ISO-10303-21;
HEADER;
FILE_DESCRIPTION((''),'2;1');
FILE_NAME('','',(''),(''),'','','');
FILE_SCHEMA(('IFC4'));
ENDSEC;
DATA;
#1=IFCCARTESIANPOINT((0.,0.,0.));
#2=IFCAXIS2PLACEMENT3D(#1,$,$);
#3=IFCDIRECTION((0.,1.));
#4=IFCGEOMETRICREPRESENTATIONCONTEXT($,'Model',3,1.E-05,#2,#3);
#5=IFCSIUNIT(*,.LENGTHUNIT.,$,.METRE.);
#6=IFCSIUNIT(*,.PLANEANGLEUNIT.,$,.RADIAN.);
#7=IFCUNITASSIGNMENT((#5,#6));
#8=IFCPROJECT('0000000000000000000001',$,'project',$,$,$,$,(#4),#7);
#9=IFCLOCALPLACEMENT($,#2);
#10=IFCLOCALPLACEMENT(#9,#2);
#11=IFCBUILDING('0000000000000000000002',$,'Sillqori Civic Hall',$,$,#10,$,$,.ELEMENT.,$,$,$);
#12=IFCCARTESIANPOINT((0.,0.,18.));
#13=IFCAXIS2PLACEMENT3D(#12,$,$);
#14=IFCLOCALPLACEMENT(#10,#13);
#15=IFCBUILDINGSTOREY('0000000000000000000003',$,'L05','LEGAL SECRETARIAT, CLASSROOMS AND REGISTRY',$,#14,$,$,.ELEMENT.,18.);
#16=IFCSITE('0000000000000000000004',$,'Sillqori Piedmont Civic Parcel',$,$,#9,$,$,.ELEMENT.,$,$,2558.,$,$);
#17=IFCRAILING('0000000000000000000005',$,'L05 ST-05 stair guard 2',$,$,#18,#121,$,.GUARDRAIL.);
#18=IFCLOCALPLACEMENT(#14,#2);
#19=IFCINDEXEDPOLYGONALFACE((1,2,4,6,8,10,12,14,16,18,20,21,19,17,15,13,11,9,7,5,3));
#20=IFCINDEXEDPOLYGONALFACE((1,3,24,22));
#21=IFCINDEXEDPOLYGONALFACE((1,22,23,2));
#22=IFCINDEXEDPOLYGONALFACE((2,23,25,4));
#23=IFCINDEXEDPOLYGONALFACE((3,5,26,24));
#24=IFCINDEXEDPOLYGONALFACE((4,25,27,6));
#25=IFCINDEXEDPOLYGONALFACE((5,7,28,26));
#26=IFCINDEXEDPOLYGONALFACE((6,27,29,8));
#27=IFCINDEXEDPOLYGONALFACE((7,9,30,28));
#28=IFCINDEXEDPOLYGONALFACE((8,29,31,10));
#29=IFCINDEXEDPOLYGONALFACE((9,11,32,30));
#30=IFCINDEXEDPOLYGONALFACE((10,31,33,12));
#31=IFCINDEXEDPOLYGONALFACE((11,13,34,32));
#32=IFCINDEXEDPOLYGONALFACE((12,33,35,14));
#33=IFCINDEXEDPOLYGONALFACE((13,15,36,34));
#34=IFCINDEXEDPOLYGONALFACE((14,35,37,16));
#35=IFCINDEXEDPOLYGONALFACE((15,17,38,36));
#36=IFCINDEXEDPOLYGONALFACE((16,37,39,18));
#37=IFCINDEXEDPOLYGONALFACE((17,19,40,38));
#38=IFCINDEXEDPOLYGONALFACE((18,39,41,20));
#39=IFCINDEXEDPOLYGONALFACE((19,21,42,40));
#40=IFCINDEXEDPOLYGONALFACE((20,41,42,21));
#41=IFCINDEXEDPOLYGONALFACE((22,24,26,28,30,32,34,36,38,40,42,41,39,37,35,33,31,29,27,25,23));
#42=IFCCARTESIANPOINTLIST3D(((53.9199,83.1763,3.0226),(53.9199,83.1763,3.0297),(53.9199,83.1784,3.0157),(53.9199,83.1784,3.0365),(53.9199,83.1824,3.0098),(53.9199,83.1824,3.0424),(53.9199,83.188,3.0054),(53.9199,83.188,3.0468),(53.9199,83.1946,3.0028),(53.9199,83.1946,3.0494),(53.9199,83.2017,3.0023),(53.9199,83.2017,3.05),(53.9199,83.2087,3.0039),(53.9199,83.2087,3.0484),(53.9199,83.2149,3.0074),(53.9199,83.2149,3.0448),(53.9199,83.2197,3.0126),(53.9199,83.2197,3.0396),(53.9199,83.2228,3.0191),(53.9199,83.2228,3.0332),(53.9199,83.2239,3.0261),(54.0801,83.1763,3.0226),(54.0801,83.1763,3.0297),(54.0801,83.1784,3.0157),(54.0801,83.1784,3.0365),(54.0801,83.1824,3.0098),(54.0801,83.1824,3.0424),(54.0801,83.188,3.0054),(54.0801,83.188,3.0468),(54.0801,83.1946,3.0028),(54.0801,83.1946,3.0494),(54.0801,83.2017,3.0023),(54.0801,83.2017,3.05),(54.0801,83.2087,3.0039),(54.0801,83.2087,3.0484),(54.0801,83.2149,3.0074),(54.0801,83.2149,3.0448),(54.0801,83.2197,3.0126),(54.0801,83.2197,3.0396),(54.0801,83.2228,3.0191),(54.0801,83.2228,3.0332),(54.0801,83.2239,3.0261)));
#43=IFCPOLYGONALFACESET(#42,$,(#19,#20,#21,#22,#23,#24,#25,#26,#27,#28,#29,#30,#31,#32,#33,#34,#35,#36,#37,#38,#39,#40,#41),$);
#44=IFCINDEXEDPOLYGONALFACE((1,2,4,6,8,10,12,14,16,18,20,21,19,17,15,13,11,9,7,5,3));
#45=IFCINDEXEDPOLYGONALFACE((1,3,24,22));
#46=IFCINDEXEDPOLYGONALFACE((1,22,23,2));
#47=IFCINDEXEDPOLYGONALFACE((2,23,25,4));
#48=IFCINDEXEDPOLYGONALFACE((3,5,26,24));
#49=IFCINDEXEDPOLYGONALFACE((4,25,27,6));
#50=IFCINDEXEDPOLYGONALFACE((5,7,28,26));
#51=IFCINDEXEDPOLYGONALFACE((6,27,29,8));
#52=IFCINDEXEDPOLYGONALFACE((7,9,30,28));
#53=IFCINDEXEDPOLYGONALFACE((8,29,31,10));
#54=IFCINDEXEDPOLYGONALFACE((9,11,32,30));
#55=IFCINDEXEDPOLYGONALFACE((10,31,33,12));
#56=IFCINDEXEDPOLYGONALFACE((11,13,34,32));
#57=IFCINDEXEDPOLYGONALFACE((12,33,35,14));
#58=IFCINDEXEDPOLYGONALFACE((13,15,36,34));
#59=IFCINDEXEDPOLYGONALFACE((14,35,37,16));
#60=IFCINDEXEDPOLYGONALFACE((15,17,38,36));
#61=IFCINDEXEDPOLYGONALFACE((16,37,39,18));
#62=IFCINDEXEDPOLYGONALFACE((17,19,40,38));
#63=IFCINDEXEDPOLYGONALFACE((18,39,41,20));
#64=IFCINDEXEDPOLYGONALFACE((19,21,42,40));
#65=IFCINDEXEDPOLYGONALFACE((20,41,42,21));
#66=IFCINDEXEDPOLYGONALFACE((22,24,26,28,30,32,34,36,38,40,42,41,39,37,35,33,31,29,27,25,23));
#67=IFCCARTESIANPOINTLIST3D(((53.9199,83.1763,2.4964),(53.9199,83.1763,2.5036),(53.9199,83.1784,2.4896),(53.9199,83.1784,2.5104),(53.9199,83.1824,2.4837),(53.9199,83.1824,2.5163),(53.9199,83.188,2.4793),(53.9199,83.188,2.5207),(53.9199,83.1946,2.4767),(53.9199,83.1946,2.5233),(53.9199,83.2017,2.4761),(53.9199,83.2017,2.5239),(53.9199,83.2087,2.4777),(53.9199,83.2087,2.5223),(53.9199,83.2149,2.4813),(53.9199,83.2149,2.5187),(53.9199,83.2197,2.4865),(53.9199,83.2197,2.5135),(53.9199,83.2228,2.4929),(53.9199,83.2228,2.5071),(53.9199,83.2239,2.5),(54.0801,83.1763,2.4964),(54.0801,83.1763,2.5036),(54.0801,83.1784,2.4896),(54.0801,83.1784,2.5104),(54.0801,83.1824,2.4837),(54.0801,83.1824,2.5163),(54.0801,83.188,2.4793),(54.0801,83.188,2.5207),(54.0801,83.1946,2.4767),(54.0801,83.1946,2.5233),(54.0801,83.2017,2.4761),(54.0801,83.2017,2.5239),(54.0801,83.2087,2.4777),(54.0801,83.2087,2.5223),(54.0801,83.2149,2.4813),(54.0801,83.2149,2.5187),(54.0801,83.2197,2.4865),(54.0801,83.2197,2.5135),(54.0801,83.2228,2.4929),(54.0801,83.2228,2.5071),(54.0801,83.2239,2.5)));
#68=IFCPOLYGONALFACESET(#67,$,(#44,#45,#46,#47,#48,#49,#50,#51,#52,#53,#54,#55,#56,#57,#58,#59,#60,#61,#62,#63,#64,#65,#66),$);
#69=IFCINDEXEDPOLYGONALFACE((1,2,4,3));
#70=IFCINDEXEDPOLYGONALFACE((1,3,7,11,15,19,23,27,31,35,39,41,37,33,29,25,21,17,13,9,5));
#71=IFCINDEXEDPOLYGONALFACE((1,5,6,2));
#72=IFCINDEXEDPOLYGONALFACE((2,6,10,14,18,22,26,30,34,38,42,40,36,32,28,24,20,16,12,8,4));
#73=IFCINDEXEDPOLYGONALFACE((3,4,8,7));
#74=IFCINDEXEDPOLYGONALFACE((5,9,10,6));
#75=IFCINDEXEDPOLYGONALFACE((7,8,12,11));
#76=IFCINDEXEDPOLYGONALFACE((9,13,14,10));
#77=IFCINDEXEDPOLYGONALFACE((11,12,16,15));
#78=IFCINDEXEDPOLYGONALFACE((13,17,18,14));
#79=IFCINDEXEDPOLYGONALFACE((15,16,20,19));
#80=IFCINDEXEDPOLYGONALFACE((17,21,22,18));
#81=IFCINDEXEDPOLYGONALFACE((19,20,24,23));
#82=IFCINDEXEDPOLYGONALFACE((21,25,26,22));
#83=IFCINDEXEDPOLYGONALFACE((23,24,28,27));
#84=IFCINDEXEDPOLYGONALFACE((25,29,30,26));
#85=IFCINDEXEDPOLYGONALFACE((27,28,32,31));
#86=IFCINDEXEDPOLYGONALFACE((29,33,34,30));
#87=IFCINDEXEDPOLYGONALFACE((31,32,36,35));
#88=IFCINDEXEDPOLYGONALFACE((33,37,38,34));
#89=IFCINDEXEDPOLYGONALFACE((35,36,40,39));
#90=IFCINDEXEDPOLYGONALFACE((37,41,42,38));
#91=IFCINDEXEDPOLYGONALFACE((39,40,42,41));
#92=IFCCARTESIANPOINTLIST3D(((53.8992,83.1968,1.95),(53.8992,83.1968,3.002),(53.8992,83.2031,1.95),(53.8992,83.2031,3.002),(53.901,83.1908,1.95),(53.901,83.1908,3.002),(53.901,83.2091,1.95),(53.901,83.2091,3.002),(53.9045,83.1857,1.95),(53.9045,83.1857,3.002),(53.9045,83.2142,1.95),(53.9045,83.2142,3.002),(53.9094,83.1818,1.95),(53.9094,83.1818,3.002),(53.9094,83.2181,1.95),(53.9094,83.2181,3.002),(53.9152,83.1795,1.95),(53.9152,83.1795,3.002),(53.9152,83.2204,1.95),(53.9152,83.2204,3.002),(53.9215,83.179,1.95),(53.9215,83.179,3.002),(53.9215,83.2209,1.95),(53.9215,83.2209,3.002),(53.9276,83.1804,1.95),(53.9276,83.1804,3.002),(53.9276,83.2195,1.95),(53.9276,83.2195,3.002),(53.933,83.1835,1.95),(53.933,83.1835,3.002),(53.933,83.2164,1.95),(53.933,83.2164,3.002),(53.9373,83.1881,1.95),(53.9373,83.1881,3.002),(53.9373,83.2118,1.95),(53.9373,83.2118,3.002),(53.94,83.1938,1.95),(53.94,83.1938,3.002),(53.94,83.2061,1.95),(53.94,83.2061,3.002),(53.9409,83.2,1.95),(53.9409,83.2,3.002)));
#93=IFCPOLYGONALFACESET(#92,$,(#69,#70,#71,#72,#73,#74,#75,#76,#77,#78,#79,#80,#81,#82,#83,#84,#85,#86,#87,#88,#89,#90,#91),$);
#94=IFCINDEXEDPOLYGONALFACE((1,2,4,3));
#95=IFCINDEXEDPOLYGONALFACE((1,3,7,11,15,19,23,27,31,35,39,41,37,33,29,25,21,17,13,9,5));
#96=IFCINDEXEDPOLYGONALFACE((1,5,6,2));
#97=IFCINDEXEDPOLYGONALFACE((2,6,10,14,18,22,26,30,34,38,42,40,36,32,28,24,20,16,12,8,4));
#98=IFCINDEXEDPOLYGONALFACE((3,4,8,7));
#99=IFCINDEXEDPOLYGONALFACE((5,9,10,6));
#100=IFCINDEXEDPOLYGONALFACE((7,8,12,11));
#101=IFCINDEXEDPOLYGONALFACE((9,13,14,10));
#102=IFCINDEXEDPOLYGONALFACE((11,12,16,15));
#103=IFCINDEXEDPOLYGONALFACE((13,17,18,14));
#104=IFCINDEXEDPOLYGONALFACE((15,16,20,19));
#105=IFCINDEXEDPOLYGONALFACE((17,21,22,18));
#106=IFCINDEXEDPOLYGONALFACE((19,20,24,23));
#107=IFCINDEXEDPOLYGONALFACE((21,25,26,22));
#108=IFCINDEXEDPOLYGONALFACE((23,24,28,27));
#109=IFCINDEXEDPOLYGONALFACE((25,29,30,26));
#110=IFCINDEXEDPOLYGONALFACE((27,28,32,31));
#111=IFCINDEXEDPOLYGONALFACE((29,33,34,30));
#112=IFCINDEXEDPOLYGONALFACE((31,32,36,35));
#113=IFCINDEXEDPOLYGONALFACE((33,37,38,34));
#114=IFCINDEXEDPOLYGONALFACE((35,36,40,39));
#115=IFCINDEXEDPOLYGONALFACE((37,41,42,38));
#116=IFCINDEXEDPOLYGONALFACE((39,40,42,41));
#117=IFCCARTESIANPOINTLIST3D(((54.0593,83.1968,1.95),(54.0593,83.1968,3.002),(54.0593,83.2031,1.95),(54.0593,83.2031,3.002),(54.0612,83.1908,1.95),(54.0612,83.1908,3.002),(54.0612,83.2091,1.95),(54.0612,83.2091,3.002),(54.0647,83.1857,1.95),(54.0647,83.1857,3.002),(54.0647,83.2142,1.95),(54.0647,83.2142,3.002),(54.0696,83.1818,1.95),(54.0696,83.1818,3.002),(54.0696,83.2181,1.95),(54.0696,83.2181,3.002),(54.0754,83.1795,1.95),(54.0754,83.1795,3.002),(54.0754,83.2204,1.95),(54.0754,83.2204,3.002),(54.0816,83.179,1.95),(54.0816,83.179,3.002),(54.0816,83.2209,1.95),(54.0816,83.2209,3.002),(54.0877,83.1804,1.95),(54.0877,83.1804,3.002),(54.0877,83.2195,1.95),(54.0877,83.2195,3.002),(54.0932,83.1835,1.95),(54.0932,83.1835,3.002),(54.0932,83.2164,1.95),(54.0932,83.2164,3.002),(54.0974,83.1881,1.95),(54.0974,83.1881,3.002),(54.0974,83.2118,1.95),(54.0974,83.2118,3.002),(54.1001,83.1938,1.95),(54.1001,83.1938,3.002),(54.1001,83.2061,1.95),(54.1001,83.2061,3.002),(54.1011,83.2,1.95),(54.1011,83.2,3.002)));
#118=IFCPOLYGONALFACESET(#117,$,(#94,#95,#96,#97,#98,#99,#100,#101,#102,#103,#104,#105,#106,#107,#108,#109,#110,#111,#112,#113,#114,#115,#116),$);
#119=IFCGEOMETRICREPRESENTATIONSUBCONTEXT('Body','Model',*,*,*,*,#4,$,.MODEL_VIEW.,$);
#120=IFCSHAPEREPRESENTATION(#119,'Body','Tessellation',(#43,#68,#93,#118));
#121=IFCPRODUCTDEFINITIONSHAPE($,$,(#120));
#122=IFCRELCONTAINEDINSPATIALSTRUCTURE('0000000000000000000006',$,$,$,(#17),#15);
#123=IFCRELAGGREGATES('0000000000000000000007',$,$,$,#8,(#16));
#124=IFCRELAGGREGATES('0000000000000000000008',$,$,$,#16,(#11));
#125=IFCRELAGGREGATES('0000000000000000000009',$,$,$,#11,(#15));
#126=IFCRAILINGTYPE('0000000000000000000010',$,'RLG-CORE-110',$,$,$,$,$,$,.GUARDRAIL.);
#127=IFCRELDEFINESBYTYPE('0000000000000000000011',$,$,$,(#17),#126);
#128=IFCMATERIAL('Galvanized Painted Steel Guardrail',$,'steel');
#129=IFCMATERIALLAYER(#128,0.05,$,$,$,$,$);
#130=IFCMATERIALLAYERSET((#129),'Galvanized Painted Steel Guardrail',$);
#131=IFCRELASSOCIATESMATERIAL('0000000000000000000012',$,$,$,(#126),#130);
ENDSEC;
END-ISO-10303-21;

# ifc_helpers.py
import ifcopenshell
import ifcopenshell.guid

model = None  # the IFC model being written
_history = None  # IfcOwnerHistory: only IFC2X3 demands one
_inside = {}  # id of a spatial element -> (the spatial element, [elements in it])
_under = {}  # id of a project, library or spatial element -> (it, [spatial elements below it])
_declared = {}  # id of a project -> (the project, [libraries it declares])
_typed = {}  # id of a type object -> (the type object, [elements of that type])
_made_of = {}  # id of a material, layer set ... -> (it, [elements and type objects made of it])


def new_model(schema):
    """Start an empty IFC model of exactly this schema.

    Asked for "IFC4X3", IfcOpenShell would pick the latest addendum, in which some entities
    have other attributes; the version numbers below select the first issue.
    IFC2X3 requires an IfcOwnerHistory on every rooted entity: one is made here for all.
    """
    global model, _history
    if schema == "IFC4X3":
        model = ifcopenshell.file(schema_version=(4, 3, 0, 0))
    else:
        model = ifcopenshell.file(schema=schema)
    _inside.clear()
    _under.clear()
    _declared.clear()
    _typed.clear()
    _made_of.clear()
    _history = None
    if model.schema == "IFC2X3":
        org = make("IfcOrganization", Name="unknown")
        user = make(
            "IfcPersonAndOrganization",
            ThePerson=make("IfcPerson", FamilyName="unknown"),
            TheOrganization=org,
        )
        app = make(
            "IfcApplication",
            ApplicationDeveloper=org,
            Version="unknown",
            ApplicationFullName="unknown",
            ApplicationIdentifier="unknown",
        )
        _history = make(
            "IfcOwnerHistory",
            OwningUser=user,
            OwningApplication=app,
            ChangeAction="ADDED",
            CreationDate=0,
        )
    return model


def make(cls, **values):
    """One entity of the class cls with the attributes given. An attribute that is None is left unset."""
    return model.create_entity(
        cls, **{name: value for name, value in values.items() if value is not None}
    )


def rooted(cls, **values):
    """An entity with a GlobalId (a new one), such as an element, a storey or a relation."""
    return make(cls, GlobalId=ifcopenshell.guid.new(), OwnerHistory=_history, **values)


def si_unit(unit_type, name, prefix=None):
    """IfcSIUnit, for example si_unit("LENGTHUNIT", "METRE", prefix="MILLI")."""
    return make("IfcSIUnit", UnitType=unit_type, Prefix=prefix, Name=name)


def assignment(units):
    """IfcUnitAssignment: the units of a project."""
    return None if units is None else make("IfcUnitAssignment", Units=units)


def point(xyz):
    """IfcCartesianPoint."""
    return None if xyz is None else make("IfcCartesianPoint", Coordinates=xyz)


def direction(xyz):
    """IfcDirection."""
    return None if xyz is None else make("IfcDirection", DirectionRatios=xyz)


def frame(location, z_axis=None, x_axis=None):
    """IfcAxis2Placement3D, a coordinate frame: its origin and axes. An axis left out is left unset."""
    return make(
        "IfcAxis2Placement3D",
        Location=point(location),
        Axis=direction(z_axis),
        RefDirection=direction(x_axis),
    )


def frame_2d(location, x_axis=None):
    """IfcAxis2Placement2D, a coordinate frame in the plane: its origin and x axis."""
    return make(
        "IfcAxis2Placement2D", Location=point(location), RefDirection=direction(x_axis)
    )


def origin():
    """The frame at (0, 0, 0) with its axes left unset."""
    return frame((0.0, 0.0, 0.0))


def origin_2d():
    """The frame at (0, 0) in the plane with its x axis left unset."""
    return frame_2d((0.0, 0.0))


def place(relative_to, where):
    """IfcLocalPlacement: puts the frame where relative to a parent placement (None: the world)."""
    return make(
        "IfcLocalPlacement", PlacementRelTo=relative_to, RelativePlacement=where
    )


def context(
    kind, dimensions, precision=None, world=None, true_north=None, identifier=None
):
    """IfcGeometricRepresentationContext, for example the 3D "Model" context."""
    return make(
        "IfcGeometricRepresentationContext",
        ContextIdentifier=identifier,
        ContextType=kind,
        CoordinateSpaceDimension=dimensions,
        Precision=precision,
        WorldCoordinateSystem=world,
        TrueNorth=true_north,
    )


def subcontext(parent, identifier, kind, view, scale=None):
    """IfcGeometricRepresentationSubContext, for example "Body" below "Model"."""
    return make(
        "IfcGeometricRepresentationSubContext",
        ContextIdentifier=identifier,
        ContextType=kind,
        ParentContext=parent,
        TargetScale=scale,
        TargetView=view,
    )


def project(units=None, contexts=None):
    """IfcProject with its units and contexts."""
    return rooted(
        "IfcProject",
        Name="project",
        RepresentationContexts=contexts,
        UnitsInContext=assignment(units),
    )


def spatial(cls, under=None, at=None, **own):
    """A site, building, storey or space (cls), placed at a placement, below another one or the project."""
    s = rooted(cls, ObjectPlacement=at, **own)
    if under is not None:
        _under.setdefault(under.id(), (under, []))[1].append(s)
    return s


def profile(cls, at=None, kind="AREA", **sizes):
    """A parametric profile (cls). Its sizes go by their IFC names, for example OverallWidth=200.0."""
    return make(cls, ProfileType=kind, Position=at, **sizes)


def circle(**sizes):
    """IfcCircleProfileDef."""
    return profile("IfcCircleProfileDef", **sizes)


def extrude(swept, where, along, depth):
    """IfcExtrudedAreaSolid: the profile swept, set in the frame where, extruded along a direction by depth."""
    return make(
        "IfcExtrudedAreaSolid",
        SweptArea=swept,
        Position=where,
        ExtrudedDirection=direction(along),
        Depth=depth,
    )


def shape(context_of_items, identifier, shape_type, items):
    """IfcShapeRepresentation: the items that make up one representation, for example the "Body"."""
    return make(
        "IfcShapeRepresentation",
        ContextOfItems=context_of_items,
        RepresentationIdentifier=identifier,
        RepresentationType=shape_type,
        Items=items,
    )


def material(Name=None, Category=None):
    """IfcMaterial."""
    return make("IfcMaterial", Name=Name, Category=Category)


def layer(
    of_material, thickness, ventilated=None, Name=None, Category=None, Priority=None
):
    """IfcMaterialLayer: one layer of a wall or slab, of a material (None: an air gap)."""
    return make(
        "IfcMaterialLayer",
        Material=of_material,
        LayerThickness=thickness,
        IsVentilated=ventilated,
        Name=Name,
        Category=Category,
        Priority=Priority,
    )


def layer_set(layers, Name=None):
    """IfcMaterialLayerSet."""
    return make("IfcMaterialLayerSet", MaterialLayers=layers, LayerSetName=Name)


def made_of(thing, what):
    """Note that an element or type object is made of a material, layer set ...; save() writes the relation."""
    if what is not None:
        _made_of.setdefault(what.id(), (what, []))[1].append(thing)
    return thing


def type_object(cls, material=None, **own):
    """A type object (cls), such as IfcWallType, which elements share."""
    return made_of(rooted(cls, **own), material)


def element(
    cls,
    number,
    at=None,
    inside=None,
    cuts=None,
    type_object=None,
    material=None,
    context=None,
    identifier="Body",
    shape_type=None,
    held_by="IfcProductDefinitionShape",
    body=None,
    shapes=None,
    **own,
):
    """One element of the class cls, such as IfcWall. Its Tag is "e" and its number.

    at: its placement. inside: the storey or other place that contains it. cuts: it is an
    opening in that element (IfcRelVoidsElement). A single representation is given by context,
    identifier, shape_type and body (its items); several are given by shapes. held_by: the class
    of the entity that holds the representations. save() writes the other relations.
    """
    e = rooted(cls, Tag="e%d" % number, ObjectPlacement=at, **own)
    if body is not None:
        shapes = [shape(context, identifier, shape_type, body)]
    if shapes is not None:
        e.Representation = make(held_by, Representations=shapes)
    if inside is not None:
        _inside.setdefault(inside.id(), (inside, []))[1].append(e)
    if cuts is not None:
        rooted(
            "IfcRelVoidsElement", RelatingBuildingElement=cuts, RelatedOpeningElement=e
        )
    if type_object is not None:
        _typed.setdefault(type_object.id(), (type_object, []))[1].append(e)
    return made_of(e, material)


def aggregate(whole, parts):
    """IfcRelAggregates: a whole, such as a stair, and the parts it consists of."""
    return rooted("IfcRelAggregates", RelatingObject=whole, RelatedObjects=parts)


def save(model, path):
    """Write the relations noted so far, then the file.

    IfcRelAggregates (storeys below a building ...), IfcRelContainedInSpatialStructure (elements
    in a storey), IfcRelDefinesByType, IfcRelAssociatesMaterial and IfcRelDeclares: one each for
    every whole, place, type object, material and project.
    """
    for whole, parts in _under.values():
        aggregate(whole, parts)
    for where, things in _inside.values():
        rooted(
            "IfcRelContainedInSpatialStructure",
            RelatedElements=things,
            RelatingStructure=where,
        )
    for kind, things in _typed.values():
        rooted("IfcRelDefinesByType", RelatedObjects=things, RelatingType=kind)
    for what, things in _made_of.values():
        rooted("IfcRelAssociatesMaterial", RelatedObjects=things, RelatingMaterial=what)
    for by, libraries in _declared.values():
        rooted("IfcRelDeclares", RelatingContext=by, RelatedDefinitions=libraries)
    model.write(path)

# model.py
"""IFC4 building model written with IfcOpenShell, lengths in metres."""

from ifc_helpers import new_model, si_unit, direction, frame, origin, origin_2d, place, context, subcontext, project, spatial, circle, extrude, material, layer, layer_set, type_object, element, save


model = new_model("IFC4")

# Units and contexts
model_context = context("Model", 3, precision=1e-05, world=origin(), true_north=direction((0.0, 1.0)))
body_context = subcontext(model_context, "Body", "Model", "MODEL_VIEW")
ifc_project = project(units=[si_unit("LENGTHUNIT", "METRE"), si_unit("PLANEANGLEUNIT", "RADIAN")], contexts=[model_context])

# Site, building, storey
site_placement = place(None, origin())
site = spatial("IfcSite", under=ifc_project, at=site_placement, Name="Sillqori Piedmont Civic Parcel", CompositionType="ELEMENT", RefElevation=2558.0)
building_placement = place(site_placement, origin())
building = spatial("IfcBuilding", under=site, at=building_placement, Name="Sillqori Civic Hall", CompositionType="ELEMENT")
storey_placement = place(building_placement, frame((0.0, 0.0, 18.0)))
storey = spatial("IfcBuildingStorey", under=building, at=storey_placement, Name="L05", Description="LEGAL SECRETARIAT, CLASSROOMS AND REGISTRY", CompositionType="ELEMENT", Elevation=18.0)

# Railing
ifc_material_1 = material(Name="Galvanized Painted Steel Guardrail", Category="steel")
ifc_layer_1 = layer(ifc_material_1, 0.05)
ifc_layer_set_1 = layer_set([ifc_layer_1], Name="Galvanized Painted Steel Guardrail")
railing_type_1 = type_object("IfcRailingType", Name="RLG-CORE-110", PredefinedType="GUARDRAIL", material=ifc_layer_set_1)
railing_1_placement = place(storey_placement, frame((53.9199, 83.2, 1.95)))
element("IfcRailing", 1, at=railing_1_placement, inside=storey, type_object=railing_type_1, Name="L05 ST-05 stair guard 2", PredefinedType="GUARDRAIL", context=body_context, shape_type="SweptSolid", body=[
    extrude(circle(Radius=0.0239, at=origin_2d()), frame((0.0, 0.0, 1.0762), z_axis=(1.0, 0.0, 0.0), x_axis=(0.0, 1.0, 0.0)), (0.0, 0.0, 1.0), 0.1602),
    extrude(circle(Radius=0.0239, at=origin_2d()), frame((0.0, 0.0, 0.55), z_axis=(1.0, 0.0, 0.0), x_axis=(0.0, 1.0, 0.0)), (0.0, 0.0, 1.0), 0.1602),
    extrude(circle(Radius=0.021, at=origin_2d()), origin(), (0.0, 0.0, 1.0), 1.052),
    extrude(circle(Radius=0.021, at=origin_2d()), frame((0.1602, 0.0, 0.0)), (0.0, 0.0, 1.0), 1.052),
])

save(model, "model.ifc")
